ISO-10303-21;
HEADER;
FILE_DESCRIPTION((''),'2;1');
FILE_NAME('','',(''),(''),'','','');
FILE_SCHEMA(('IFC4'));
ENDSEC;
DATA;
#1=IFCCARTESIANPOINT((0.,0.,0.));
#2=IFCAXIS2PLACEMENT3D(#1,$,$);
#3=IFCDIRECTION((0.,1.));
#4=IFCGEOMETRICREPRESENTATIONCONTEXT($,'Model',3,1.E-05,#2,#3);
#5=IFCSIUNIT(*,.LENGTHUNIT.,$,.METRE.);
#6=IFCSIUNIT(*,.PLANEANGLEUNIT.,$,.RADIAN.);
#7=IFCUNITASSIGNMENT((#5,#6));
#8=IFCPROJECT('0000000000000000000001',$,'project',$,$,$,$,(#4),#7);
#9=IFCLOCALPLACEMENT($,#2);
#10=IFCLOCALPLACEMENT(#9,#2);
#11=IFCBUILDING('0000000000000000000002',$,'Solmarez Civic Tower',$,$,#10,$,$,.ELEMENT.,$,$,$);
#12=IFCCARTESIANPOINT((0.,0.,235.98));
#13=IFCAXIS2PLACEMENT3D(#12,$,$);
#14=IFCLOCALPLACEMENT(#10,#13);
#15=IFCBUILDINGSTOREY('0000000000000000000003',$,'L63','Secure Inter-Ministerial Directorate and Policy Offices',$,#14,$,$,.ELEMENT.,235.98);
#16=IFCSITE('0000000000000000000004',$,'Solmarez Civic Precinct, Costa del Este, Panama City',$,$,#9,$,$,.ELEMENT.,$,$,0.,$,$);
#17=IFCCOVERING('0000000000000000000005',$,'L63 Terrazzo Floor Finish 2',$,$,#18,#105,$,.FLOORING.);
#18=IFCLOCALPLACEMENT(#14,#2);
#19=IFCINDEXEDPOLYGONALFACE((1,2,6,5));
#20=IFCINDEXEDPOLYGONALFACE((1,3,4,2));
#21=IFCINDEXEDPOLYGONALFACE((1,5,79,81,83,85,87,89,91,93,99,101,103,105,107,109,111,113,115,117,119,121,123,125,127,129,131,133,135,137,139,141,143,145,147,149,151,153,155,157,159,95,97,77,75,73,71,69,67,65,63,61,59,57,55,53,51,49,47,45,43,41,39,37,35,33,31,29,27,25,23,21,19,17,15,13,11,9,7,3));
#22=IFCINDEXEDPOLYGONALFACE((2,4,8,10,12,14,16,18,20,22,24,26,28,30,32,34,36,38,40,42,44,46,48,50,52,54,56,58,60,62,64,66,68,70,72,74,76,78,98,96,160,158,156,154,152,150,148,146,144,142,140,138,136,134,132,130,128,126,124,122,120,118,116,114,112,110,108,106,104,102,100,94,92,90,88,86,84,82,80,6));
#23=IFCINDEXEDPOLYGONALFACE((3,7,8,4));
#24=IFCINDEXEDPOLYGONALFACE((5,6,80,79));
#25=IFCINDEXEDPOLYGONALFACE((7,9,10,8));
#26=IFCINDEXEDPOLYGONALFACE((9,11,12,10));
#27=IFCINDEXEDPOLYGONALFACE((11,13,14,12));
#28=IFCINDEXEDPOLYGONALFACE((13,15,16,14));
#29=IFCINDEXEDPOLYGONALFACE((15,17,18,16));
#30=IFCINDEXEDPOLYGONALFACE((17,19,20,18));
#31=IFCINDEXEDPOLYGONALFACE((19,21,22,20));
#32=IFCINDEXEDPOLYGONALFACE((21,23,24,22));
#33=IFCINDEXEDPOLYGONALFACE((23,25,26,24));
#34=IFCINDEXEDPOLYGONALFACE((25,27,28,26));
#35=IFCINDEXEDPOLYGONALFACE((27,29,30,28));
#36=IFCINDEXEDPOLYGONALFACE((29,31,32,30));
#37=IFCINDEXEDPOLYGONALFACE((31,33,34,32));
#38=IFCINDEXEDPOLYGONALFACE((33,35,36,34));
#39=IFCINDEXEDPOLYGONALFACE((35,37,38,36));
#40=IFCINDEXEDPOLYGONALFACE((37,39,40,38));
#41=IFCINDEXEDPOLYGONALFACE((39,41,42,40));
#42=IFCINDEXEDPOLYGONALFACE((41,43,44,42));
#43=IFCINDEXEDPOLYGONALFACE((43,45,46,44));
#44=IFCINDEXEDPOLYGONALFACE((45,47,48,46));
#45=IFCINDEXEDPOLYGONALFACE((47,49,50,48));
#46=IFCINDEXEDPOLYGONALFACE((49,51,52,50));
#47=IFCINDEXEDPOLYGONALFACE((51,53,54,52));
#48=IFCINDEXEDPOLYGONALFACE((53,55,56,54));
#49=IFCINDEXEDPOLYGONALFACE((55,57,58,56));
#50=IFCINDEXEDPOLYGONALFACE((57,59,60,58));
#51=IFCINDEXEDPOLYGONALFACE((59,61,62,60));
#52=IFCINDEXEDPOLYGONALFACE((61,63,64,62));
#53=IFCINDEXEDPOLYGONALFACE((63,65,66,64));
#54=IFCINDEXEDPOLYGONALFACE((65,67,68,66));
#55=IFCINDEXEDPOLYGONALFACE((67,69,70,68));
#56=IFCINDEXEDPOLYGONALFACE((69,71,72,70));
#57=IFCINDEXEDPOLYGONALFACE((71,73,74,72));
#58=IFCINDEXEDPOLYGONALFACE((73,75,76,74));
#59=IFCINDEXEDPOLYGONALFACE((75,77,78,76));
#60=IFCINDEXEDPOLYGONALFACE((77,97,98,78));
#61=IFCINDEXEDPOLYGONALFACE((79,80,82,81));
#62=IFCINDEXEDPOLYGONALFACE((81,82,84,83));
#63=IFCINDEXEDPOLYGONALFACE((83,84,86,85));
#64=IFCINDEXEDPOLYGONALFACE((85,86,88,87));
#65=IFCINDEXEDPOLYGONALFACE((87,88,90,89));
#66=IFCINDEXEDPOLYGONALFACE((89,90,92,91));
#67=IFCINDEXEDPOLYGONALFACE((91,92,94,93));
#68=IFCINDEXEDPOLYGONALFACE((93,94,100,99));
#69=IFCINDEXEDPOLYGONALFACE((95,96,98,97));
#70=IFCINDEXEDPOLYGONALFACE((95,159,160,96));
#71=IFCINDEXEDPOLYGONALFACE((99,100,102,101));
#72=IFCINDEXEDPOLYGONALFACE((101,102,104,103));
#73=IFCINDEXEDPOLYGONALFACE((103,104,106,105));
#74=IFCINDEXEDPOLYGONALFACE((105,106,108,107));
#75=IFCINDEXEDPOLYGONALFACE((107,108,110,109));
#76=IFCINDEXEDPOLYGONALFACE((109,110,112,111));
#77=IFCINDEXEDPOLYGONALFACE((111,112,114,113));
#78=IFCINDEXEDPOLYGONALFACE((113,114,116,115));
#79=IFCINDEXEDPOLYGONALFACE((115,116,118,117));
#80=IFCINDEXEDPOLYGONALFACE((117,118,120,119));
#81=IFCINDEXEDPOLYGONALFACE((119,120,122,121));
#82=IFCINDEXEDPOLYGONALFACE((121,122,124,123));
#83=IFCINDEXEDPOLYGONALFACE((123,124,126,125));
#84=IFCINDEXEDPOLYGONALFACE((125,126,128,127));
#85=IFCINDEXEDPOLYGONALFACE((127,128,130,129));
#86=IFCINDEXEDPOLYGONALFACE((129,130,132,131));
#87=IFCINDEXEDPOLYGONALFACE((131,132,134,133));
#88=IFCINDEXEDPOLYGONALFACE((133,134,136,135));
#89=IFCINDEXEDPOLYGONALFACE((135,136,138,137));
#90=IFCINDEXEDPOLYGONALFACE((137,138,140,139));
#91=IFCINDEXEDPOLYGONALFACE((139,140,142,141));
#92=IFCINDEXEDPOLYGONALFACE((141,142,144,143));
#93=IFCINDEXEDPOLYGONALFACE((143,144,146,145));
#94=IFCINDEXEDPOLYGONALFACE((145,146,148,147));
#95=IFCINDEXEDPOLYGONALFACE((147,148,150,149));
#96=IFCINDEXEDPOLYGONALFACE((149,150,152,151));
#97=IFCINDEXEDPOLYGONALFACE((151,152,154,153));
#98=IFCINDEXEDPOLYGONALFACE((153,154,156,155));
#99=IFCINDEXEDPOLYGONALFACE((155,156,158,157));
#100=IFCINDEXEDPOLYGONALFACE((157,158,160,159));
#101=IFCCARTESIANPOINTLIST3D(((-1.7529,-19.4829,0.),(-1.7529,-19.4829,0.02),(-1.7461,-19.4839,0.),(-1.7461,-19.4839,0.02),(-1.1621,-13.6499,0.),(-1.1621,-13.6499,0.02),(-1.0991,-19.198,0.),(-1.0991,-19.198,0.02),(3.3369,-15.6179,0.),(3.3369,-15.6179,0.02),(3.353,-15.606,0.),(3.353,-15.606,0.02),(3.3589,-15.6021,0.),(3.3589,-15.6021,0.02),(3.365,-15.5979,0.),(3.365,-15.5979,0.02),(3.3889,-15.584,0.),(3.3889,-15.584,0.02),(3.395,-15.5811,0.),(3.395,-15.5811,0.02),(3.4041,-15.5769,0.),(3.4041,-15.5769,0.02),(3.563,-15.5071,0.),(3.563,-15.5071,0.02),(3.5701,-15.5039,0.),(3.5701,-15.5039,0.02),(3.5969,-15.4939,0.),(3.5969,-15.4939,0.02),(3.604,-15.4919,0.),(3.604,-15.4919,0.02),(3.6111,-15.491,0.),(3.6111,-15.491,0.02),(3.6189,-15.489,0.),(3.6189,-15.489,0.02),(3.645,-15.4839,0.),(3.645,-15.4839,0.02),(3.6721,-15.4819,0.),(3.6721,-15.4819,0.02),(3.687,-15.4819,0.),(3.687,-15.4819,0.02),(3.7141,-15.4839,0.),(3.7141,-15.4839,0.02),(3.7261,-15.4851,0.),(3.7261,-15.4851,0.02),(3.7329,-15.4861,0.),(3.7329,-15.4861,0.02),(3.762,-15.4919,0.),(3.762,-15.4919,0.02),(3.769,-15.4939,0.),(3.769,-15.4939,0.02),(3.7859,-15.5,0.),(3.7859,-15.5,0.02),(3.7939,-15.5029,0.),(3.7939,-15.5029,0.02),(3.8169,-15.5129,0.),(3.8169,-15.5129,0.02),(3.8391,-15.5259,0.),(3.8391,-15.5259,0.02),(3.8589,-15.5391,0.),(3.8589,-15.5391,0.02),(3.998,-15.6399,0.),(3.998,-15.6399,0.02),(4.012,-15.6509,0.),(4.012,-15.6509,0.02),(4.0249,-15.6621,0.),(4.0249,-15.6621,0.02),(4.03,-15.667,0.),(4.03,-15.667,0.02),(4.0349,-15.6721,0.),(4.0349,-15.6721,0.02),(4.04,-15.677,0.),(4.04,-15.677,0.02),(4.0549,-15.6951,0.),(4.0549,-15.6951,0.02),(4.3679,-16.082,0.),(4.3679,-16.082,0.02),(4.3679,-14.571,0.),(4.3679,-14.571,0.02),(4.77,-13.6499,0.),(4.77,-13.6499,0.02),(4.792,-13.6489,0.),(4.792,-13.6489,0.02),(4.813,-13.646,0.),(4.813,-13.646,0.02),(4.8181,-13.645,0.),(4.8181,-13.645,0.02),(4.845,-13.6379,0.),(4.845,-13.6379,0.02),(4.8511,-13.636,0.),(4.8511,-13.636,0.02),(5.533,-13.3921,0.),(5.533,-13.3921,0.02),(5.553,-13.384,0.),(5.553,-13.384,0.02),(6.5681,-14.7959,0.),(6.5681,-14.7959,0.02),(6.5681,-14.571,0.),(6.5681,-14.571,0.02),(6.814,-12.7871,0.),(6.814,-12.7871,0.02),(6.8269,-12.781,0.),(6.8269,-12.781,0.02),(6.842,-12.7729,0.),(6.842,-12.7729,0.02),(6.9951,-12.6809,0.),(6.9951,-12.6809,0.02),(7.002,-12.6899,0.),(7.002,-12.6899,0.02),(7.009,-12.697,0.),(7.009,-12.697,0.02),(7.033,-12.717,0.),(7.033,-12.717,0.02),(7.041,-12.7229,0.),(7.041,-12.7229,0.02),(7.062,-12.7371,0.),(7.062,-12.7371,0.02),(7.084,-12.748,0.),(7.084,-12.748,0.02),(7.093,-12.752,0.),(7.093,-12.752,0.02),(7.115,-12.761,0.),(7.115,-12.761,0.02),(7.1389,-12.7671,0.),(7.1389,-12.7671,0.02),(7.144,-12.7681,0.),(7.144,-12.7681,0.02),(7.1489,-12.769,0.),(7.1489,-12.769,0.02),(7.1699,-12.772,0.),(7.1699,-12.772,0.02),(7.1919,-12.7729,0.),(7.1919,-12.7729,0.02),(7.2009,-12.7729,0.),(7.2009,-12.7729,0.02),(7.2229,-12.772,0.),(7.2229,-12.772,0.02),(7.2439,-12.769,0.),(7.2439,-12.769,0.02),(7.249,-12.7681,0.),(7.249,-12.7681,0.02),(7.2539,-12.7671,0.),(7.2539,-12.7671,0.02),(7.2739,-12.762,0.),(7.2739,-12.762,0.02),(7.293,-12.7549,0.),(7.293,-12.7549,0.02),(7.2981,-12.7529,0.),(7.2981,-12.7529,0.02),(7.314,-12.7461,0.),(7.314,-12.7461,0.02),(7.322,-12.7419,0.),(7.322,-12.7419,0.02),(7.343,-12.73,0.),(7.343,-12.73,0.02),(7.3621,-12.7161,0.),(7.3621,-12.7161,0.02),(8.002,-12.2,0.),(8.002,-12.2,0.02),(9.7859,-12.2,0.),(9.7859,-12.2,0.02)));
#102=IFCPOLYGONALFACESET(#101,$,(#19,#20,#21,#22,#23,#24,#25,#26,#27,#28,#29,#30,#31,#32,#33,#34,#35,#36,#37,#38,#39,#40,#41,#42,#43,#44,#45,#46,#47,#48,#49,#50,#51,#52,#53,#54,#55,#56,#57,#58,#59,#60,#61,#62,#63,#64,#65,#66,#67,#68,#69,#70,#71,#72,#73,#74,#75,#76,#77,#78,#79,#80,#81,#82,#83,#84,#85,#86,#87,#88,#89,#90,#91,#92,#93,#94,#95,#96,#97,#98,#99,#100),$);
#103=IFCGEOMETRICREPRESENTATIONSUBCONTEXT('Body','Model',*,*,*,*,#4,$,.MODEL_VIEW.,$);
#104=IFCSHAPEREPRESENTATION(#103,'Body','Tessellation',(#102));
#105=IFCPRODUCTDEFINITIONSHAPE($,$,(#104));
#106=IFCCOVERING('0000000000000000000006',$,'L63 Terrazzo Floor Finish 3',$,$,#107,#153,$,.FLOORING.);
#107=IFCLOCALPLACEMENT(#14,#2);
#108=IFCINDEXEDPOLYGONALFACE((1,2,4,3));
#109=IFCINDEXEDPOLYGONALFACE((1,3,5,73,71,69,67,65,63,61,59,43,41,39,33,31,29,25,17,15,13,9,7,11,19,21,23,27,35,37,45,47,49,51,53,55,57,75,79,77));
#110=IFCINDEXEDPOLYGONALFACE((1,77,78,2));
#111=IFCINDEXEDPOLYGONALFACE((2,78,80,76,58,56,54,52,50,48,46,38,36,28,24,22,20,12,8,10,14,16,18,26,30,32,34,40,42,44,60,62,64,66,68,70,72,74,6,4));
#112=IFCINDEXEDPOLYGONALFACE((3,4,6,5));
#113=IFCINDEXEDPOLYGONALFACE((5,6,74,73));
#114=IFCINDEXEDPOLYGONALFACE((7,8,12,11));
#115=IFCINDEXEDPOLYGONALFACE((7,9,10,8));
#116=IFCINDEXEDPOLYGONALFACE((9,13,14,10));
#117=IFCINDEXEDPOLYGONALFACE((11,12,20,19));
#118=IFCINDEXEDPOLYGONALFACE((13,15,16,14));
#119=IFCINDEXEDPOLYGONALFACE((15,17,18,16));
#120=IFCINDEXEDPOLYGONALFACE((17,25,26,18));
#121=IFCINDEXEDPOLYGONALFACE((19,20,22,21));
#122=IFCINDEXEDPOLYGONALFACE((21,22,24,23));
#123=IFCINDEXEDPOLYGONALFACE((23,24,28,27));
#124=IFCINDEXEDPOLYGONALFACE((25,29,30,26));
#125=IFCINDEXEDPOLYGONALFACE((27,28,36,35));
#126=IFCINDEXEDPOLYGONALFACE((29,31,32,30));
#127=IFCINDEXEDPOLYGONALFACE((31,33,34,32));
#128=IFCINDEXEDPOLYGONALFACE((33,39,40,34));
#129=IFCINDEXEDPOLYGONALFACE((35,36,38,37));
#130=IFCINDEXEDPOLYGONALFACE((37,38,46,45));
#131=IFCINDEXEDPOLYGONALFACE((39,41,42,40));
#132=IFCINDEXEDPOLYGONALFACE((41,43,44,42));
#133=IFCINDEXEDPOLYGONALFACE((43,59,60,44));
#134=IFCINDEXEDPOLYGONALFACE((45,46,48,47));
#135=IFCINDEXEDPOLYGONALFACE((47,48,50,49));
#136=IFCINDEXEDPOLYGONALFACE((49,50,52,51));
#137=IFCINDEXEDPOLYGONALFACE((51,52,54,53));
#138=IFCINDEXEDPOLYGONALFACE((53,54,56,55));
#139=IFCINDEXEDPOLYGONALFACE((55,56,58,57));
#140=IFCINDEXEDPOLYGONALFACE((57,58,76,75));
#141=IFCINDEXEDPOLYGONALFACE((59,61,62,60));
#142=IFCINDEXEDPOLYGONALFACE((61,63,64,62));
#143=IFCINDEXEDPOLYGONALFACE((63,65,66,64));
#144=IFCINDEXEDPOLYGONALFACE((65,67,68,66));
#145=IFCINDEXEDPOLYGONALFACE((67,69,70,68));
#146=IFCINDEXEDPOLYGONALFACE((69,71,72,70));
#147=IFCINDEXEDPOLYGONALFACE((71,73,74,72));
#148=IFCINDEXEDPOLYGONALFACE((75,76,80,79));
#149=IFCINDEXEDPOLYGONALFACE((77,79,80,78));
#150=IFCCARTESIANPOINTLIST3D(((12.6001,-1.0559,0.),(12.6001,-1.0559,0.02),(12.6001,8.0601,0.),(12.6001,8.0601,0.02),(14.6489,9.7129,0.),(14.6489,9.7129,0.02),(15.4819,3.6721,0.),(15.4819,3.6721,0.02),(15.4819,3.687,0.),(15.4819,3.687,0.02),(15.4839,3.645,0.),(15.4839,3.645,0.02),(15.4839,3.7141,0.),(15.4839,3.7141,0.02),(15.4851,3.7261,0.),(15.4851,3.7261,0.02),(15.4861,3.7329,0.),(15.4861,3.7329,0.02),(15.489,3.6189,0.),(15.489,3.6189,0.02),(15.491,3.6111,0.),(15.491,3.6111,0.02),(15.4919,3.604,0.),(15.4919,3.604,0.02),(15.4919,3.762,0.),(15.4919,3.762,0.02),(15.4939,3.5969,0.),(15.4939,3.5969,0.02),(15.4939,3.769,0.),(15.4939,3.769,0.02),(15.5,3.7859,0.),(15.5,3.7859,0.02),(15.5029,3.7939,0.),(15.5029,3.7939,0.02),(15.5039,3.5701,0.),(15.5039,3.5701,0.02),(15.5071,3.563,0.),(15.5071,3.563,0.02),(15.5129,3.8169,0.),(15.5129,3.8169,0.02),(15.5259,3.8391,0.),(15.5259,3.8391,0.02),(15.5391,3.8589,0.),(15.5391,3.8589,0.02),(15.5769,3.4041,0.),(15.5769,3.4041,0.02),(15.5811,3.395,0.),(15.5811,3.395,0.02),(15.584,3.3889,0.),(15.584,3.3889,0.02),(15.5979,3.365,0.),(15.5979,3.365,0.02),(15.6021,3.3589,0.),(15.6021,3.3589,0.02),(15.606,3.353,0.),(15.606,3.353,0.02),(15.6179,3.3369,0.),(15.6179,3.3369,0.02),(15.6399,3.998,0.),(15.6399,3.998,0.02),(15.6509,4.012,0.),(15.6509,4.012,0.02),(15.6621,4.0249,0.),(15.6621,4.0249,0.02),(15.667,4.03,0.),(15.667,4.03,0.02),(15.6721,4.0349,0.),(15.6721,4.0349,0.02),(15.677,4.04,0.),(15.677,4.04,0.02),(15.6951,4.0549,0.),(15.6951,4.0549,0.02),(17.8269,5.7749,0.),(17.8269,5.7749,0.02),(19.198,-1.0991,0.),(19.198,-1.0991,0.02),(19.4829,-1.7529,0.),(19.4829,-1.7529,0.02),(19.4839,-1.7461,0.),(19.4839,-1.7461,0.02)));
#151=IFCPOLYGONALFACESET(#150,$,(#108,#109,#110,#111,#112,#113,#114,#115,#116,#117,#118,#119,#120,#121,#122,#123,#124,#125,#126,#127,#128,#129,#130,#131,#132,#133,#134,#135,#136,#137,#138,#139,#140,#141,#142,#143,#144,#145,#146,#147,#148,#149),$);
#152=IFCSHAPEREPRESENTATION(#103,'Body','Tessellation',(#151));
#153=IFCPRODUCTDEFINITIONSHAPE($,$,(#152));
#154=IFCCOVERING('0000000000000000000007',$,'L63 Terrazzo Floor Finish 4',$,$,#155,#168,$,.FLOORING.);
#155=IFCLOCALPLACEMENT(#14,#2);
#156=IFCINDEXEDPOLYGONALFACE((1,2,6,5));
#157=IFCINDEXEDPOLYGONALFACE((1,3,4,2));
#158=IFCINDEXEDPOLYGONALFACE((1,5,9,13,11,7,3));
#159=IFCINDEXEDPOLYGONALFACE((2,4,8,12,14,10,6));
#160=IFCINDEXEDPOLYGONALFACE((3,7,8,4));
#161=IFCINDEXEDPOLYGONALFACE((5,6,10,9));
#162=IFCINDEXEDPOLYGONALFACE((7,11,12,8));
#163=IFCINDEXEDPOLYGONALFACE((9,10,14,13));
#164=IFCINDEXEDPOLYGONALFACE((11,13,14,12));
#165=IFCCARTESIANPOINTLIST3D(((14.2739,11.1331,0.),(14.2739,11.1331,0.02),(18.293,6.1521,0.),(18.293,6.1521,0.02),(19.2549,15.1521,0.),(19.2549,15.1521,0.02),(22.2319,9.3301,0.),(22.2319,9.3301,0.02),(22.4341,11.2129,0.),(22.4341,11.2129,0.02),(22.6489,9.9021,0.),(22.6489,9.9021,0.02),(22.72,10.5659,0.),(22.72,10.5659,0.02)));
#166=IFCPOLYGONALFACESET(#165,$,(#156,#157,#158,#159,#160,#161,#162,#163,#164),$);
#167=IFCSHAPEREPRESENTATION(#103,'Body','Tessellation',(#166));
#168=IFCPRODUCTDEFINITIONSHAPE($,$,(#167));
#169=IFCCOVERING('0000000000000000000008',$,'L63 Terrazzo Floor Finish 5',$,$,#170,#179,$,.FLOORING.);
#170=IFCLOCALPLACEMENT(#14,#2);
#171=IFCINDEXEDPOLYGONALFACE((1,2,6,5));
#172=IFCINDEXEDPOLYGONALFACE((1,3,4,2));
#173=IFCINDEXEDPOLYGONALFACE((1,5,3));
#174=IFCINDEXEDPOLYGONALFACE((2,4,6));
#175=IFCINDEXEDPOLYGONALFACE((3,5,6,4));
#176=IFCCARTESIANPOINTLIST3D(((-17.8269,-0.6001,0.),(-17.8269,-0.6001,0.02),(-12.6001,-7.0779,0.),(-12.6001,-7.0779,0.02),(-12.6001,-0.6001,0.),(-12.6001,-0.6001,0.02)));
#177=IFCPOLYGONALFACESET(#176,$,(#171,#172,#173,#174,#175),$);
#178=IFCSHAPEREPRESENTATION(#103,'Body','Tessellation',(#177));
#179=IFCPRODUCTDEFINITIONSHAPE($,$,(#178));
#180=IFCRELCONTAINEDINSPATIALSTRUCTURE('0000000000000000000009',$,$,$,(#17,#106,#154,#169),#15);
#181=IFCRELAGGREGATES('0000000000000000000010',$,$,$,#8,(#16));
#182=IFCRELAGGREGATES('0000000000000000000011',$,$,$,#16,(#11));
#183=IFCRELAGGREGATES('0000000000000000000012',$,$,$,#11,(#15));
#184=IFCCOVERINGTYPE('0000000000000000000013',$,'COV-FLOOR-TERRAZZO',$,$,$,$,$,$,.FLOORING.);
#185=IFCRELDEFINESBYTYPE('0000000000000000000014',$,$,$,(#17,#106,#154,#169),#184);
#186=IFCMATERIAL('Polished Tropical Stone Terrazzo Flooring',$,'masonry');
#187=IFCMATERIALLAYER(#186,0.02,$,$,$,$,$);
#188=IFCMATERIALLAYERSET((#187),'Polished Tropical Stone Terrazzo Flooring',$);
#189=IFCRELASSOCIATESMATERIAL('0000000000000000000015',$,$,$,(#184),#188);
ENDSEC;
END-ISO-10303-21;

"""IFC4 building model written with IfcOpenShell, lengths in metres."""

from ifc_helpers import new_model, si_unit, direction, frame, origin, place, context, subcontext, project, spatial, polyline, outline, extrude, material, layer, layer_set, type_object, element, save


model = new_model("IFC4")

# Units and contexts
model_context = context("Model", 3, precision=1e-05, world=origin(), true_north=direction((0.0, 1.0)))
body_context = subcontext(model_context, "Body", "Model", "MODEL_VIEW")
ifc_project = project(units=[si_unit("LENGTHUNIT", "METRE"), si_unit("PLANEANGLEUNIT", "RADIAN")], contexts=[model_context])

# Site, building, storey
site_placement = place(None, origin())
site = spatial("IfcSite", under=ifc_project, at=site_placement, Name="Solmarez Civic Precinct, Costa del Este, Panama City", CompositionType="ELEMENT", RefElevation=0.0)
building_placement = place(site_placement, origin())
building = spatial("IfcBuilding", under=site, at=building_placement, Name="Solmarez Civic Tower", CompositionType="ELEMENT")
storey_placement = place(building_placement, frame((0.0, 0.0, 235.98)))
storey = spatial("IfcBuildingStorey", under=building, at=storey_placement, Name="L63", Description="Secure Inter-Ministerial Directorate and Policy Offices", CompositionType="ELEMENT", Elevation=235.98)

# Coverings
ifc_material_1 = material(Name="Polished Tropical Stone Terrazzo Flooring", Category="masonry")
ifc_layer_1 = layer(ifc_material_1, 0.02)
ifc_layer_set_1 = layer_set([ifc_layer_1], Name="Polished Tropical Stone Terrazzo Flooring")
covering_type_1 = type_object("IfcCoveringType", Name="COV-FLOOR-TERRAZZO", PredefinedType="FLOORING", material=ifc_layer_set_1)
covering_1_placement = place(storey_placement, origin())
element("IfcCovering", 1, at=covering_1_placement, inside=storey, type_object=covering_type_1, Name="L63 Terrazzo Floor Finish 2", PredefinedType="FLOORING", context=body_context, shape_type="SweptSolid", body=[
    extrude(outline(polyline([(3.8391, -15.5259), (3.8589, -15.5391), (3.998, -15.6399), (4.012, -15.6509), (4.0249, -15.6621), (4.03, -15.667), (4.0349, -15.6721), (4.04, -15.677), (4.0549, -15.6951), (4.3679, -16.082), (4.3679, -14.571), (6.5681, -14.571), (6.5681, -14.7959), (9.7859, -12.2), (8.002, -12.2), (7.3621, -12.7161), (7.343, -12.73), (7.322, -12.7419), (7.314, -12.7461), (7.2981, -12.7529), (7.293, -12.7549), (7.2739, -12.762), (7.2539, -12.7671), (7.249, -12.7681), (7.2439, -12.769), (7.2229, -12.772), (7.2009, -12.7729), (7.1919, -12.7729), (7.1699, -12.772), (7.1489, -12.769), (7.144, -12.7681), (7.1389, -12.7671), (7.115, -12.761), (7.093, -12.752), (7.084, -12.748), (7.062, -12.7371), (7.041, -12.7229), (7.033, -12.717), (7.009, -12.697), (7.002, -12.6899), (6.9951, -12.6809), (6.842, -12.7729), (6.8269, -12.781), (6.814, -12.7871), (5.553, -13.384), (5.533, -13.3921), (4.8511, -13.636), (4.845, -13.6379), (4.8181, -13.645), (4.813, -13.646), (4.792, -13.6489), (4.77, -13.6499), (-1.1621, -13.6499), (-1.7529, -19.4829), (-1.7461, -19.4839), (-1.0991, -19.198), (3.3369, -15.6179), (3.353, -15.606), (3.3589, -15.6021), (3.365, -15.5979), (3.3889, -15.584), (3.395, -15.5811), (3.4041, -15.5769), (3.563, -15.5071), (3.5701, -15.5039), (3.5969, -15.4939), (3.604, -15.4919), (3.6111, -15.491), (3.6189, -15.489), (3.645, -15.4839), (3.6721, -15.4819), (3.687, -15.4819), (3.7141, -15.4839), (3.7261, -15.4851), (3.7329, -15.4861), (3.762, -15.4919), (3.769, -15.4939), (3.7859, -15.5), (3.7939, -15.5029), (3.8169, -15.5129), (3.8391, -15.5259)])), origin(), (0.0, 0.0, 1.0), 0.02),
])
covering_2_placement = place(storey_placement, origin())
element("IfcCovering", 2, at=covering_2_placement, inside=storey, type_object=covering_type_1, Name="L63 Terrazzo Floor Finish 3", PredefinedType="FLOORING", context=body_context, shape_type="SweptSolid", body=[
    extrude(outline(polyline([(12.6001, 8.0601), (12.6001, -1.0559), (19.4829, -1.7529), (19.4839, -1.7461), (19.198, -1.0991), (15.6179, 3.3369), (15.606, 3.353), (15.6021, 3.3589), (15.5979, 3.365), (15.584, 3.3889), (15.5811, 3.395), (15.5769, 3.4041), (15.5071, 3.563), (15.5039, 3.5701), (15.4939, 3.5969), (15.4919, 3.604), (15.491, 3.6111), (15.489, 3.6189), (15.4839, 3.645), (15.4819, 3.6721), (15.4819, 3.687), (15.4839, 3.7141), (15.4851, 3.7261), (15.4861, 3.7329), (15.4919, 3.762), (15.4939, 3.769), (15.5, 3.7859), (15.5029, 3.7939), (15.5129, 3.8169), (15.5259, 3.8391), (15.5391, 3.8589), (15.6399, 3.998), (15.6509, 4.012), (15.6621, 4.0249), (15.667, 4.03), (15.6721, 4.0349), (15.677, 4.04), (15.6951, 4.0549), (17.8269, 5.7749), (14.6489, 9.7129), (12.6001, 8.0601)])), origin(), (0.0, 0.0, 1.0), 0.02),
])
covering_3_placement = place(storey_placement, origin())
element("IfcCovering", 3, at=covering_3_placement, inside=storey, type_object=covering_type_1, Name="L63 Terrazzo Floor Finish 4", PredefinedType="FLOORING", context=body_context, shape_type="SweptSolid", body=[
    extrude(outline(polyline([(18.293, 6.1521), (22.2319, 9.3301), (22.6489, 9.9021), (22.72, 10.5659), (22.4341, 11.2129), (19.2549, 15.1521), (14.2739, 11.1331), (18.293, 6.1521)])), origin(), (0.0, 0.0, 1.0), 0.02),
])
covering_4_placement = place(storey_placement, origin())
element("IfcCovering", 4, at=covering_4_placement, inside=storey, type_object=covering_type_1, Name="L63 Terrazzo Floor Finish 5", PredefinedType="FLOORING", context=body_context, shape_type="SweptSolid", body=[
    extrude(outline(polyline([(-12.6001, -7.0779), (-12.6001, -0.6001), (-17.8269, -0.6001), (-12.6001, -7.0779)])), origin(), (0.0, 0.0, 1.0), 0.02),
])

save(model, "model.ifc")
